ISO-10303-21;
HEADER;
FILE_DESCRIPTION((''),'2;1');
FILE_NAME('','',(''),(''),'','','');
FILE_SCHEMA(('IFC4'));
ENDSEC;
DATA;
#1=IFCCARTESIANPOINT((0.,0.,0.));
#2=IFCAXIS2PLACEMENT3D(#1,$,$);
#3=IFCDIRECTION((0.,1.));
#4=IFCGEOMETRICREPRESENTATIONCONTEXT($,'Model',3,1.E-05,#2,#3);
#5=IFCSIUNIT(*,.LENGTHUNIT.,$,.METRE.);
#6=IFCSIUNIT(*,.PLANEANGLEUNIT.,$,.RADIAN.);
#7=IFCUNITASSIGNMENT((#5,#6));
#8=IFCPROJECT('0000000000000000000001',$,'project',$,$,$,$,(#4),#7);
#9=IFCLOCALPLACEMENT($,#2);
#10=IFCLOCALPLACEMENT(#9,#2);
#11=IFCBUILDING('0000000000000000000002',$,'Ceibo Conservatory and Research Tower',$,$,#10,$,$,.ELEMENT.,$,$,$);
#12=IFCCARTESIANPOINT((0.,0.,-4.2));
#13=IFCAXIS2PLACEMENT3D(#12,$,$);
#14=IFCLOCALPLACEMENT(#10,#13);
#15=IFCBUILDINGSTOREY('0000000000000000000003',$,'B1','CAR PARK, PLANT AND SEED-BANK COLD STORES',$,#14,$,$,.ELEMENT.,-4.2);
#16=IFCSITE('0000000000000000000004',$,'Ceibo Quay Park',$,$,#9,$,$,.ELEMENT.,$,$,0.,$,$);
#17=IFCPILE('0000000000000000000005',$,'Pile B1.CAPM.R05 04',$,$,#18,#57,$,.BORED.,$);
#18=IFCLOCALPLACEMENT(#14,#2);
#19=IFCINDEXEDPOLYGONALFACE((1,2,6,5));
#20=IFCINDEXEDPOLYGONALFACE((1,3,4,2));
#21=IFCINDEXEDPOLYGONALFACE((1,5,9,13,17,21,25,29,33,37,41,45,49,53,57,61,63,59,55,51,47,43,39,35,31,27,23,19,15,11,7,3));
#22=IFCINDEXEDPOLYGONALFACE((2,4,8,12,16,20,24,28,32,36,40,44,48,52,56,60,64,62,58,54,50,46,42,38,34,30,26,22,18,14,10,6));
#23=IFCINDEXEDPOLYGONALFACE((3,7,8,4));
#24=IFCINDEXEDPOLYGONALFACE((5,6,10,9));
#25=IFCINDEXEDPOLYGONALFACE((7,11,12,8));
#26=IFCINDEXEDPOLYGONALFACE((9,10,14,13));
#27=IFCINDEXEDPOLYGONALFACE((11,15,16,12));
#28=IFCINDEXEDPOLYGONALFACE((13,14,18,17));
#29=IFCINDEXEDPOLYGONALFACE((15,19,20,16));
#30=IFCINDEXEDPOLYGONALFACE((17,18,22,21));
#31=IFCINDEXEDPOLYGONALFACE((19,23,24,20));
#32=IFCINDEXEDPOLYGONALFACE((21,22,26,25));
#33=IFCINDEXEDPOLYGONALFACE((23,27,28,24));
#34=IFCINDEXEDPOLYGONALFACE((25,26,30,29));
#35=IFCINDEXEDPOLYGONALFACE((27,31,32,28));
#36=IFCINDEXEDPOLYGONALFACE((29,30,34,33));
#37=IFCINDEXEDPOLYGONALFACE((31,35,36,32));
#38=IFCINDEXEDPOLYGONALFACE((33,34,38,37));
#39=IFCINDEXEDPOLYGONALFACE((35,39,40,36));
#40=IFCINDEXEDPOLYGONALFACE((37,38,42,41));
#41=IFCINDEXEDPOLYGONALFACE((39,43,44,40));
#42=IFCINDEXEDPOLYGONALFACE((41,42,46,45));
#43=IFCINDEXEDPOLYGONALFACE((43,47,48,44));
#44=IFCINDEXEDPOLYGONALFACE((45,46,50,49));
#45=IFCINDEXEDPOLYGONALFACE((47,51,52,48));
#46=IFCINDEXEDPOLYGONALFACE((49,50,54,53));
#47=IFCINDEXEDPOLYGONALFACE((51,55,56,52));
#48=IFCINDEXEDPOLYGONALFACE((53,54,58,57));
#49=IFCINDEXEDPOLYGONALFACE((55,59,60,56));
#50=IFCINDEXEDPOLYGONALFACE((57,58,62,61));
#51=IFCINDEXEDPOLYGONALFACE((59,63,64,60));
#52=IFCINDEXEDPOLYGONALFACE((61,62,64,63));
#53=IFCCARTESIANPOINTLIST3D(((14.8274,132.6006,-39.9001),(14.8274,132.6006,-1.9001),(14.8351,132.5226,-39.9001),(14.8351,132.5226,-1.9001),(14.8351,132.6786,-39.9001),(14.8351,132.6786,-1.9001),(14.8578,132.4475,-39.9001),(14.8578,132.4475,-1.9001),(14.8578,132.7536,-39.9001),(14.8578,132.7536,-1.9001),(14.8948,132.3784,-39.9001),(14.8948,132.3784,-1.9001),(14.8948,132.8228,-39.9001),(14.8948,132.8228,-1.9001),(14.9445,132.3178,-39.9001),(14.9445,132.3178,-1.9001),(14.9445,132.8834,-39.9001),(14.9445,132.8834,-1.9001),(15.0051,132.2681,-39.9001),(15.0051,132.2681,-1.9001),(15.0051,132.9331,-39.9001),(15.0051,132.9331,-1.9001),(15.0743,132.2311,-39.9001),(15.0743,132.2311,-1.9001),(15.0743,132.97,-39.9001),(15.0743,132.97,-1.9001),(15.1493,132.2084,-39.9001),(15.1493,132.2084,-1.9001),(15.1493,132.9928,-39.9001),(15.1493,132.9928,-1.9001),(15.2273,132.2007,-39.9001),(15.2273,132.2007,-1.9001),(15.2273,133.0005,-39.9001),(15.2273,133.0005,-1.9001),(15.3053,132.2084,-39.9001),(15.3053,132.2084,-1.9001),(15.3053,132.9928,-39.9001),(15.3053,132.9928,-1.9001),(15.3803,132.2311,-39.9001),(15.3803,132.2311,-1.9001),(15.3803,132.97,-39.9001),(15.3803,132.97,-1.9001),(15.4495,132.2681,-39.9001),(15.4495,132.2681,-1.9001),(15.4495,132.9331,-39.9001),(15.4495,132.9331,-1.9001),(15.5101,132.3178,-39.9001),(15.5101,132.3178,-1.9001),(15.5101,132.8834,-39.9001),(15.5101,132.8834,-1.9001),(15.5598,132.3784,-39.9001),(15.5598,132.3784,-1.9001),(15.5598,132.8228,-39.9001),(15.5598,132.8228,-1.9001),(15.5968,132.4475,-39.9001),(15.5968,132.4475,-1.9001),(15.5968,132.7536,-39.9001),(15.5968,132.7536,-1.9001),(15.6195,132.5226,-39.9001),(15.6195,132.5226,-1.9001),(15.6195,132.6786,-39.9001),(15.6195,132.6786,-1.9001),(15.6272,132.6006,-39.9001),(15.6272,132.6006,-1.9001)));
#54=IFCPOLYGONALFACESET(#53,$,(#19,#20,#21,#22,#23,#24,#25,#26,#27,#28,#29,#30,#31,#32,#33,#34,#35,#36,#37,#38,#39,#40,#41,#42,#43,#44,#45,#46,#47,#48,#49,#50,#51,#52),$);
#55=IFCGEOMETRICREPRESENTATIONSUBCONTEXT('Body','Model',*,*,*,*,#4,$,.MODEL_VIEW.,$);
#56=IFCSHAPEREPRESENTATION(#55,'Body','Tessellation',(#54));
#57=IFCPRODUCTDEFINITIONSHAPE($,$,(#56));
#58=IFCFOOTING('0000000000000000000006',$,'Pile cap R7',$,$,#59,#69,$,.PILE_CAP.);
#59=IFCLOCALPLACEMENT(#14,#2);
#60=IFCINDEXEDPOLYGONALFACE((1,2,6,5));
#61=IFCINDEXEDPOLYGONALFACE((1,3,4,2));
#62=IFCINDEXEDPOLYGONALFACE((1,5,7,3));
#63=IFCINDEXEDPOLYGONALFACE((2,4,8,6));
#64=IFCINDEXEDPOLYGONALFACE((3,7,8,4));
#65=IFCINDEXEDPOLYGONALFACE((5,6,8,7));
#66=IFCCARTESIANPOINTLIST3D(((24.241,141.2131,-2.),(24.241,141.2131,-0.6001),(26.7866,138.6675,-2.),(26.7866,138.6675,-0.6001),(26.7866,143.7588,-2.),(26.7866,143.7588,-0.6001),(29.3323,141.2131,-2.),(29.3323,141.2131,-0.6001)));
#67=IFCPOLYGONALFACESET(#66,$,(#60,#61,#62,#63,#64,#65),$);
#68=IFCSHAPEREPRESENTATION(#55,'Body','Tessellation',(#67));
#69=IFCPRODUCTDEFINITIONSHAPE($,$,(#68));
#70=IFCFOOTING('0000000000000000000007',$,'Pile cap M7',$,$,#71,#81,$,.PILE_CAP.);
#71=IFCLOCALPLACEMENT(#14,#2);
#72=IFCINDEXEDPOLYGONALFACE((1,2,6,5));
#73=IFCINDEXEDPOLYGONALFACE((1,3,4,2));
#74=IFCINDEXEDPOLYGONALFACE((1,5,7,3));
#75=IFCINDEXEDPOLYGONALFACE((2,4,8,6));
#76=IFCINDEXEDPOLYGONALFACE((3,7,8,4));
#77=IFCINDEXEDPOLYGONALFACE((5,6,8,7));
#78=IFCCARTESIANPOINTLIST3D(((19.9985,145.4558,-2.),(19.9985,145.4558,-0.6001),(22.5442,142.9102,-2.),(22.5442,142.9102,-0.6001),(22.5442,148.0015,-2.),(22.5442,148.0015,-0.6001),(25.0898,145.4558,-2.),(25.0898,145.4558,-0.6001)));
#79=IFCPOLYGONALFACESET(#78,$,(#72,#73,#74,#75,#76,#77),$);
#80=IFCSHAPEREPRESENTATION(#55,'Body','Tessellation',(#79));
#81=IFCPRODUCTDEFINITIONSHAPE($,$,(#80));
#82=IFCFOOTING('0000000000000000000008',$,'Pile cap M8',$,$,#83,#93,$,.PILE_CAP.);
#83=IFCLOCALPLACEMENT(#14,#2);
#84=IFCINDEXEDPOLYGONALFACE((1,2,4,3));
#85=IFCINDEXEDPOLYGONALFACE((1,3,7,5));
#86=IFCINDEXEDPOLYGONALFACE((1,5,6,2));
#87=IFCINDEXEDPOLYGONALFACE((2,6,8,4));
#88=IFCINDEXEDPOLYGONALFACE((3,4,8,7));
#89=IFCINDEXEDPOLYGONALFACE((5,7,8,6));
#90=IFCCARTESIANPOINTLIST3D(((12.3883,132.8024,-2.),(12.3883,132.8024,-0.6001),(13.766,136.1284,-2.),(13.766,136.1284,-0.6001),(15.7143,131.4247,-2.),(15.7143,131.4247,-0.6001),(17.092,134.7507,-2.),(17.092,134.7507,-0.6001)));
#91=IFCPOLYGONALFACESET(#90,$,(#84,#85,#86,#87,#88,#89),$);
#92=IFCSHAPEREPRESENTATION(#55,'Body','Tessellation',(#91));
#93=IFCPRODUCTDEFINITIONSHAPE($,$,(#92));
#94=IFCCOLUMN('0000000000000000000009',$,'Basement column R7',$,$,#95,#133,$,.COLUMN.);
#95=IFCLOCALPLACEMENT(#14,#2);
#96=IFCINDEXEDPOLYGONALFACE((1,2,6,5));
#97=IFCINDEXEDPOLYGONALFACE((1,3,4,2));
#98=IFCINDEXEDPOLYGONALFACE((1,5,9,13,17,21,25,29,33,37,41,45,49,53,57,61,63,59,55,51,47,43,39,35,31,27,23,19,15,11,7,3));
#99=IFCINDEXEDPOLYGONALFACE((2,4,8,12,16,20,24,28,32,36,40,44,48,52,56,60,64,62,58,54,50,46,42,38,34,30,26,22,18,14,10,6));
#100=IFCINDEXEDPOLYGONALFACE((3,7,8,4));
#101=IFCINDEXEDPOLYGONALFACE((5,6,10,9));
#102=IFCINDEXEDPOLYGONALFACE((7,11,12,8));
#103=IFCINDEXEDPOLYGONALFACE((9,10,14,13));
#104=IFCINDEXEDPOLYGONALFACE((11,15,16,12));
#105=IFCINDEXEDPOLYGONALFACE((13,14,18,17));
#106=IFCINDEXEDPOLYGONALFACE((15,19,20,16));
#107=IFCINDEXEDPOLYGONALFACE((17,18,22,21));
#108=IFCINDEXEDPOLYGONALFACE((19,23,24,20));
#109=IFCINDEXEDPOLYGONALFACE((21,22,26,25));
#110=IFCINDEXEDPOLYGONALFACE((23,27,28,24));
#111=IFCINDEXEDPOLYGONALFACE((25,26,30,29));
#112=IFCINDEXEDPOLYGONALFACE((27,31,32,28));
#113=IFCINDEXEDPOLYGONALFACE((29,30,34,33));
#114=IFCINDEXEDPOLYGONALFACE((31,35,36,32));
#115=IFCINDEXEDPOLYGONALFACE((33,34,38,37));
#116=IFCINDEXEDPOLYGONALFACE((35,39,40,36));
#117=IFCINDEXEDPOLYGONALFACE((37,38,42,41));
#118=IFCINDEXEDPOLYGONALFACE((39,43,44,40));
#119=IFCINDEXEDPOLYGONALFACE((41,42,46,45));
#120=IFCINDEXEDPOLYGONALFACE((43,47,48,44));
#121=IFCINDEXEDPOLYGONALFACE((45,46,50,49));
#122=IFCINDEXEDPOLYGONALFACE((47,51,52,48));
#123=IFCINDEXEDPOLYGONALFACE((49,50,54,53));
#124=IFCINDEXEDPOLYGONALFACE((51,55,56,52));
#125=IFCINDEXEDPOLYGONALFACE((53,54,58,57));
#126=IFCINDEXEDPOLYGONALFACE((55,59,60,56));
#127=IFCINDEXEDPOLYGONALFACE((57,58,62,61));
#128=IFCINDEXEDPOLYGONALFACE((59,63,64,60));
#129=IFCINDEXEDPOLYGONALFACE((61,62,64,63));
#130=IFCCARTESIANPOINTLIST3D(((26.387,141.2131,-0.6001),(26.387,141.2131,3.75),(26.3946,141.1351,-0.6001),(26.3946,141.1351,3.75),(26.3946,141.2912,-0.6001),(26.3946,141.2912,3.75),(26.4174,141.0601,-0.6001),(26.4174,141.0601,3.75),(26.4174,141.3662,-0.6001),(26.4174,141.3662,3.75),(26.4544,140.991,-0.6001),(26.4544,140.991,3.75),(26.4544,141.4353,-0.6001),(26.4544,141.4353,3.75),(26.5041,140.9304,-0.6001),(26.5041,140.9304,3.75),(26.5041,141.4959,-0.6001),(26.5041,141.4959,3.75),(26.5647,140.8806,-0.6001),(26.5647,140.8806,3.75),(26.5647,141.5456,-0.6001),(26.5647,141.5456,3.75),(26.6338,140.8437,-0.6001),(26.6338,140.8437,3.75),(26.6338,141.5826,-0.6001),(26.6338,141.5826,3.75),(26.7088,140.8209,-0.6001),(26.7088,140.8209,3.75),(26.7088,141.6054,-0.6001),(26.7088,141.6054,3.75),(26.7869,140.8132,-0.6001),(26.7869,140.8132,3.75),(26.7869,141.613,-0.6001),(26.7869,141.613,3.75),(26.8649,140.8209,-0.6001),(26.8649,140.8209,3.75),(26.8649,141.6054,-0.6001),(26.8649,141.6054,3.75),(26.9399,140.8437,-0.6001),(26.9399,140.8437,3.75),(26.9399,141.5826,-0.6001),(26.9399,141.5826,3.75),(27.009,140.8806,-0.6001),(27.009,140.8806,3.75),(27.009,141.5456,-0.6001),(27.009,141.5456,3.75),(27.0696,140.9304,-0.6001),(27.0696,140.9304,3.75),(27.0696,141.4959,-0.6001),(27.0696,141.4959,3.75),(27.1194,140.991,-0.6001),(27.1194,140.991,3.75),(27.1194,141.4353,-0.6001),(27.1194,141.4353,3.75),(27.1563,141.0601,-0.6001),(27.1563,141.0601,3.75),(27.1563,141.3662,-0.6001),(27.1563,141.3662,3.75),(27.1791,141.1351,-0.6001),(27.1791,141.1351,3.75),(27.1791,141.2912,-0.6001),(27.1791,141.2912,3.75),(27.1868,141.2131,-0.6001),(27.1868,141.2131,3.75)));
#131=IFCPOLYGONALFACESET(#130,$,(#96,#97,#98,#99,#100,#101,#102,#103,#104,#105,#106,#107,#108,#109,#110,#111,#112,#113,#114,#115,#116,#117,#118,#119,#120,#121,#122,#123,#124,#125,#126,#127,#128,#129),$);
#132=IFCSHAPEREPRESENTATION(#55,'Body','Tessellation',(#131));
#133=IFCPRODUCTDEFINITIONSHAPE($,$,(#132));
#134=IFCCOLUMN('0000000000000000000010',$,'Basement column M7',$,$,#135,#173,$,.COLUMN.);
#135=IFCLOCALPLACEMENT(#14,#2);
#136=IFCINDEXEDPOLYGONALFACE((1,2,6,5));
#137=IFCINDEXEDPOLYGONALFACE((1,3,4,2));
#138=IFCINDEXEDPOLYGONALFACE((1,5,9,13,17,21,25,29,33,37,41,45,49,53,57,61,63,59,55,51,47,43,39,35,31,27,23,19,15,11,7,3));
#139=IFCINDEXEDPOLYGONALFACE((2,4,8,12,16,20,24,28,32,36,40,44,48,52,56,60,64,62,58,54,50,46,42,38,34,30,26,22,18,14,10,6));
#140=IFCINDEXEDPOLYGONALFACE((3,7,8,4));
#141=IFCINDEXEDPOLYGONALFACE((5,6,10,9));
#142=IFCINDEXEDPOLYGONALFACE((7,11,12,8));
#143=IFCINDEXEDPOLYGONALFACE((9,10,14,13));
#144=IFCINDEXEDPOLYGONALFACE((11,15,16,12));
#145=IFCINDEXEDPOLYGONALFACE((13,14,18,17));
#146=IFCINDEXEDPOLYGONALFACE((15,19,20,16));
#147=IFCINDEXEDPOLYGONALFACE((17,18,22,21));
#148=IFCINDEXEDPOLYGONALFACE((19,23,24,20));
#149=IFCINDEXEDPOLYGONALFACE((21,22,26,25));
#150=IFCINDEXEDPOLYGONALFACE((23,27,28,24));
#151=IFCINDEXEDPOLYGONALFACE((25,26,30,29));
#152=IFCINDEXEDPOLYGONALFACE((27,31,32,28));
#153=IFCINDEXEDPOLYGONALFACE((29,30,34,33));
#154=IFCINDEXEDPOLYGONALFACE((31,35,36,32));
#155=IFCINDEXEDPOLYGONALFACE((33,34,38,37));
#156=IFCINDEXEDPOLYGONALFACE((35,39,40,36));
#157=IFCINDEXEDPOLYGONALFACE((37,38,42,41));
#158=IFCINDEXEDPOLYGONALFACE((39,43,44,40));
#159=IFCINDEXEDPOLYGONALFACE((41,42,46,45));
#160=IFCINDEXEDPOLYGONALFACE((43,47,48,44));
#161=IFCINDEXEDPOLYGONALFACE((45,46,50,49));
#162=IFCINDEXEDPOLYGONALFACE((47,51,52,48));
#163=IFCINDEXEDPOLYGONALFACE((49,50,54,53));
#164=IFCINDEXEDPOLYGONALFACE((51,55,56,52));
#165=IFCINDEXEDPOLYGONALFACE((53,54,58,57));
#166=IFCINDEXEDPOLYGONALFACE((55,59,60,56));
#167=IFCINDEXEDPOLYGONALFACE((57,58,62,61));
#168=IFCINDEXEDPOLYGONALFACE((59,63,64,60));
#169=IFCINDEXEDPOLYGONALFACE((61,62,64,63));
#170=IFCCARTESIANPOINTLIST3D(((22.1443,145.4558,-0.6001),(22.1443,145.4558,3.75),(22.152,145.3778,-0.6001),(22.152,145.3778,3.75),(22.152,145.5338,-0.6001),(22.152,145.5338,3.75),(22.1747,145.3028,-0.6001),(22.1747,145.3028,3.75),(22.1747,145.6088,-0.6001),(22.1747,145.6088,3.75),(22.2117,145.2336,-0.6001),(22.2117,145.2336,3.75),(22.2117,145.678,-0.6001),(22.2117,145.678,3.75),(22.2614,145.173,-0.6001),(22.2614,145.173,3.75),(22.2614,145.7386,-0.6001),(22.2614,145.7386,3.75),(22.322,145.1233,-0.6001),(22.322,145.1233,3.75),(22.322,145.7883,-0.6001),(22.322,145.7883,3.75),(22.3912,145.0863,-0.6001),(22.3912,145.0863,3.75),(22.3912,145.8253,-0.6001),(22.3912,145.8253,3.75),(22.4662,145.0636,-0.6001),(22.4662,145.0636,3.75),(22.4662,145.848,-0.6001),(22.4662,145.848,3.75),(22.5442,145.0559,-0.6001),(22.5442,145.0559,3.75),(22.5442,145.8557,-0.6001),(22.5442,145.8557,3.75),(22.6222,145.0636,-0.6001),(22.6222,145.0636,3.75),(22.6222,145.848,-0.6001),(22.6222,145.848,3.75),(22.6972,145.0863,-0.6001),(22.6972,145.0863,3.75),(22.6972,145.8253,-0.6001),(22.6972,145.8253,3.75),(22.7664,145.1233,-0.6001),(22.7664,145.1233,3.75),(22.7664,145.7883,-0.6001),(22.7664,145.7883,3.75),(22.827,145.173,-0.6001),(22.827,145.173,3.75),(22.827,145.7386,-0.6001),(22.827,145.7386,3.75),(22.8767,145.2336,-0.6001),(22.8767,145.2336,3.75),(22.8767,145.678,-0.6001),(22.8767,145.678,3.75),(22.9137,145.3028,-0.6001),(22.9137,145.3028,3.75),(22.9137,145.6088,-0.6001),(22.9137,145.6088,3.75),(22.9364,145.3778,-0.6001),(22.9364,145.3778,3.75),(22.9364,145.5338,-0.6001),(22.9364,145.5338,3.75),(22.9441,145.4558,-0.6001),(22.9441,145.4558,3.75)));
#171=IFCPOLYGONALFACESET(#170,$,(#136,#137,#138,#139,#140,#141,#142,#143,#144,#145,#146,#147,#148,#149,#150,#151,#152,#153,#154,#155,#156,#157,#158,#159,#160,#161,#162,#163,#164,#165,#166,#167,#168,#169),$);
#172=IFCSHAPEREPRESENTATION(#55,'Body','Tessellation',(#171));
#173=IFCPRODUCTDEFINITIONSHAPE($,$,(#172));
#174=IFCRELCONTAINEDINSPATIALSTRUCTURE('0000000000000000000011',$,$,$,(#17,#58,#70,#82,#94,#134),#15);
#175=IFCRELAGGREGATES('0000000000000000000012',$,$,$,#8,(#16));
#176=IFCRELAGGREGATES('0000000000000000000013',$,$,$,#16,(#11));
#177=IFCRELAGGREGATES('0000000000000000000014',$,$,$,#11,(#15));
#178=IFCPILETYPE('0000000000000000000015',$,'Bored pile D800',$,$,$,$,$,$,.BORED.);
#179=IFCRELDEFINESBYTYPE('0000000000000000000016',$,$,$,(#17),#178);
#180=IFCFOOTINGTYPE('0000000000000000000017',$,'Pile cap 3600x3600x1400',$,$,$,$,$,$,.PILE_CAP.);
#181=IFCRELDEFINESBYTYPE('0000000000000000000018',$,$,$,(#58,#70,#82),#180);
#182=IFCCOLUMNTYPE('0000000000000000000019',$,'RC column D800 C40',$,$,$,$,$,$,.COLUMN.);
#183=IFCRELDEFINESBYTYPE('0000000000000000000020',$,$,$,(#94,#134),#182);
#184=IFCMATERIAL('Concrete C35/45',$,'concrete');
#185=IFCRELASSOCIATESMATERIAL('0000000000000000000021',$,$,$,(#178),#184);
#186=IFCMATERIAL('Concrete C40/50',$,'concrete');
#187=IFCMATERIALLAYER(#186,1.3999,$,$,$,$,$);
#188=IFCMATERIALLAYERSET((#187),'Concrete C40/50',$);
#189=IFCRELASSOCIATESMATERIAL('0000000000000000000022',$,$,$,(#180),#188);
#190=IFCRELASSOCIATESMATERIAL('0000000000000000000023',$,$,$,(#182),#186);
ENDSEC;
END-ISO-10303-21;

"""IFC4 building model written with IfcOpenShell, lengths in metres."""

from ifc_helpers import new_model, si_unit, direction, frame, origin, origin_2d, place, context, subcontext, project, spatial, polyline, circle, outline, extrude, material, layer, layer_set, material_profile, profile_set, type_object, element, save


model = new_model("IFC4")

# Units and contexts
model_context = context("Model", 3, precision=1e-05, world=origin(), true_north=direction((0.0, 1.0)))
body_context = subcontext(model_context, "Body", "Model", "MODEL_VIEW")
ifc_project = project(units=[si_unit("LENGTHUNIT", "METRE"), si_unit("PLANEANGLEUNIT", "RADIAN")], contexts=[model_context])

# Site, building, storey
site_placement = place(None, origin())
site = spatial("IfcSite", under=ifc_project, at=site_placement, Name="Ceibo Quay Park", CompositionType="ELEMENT", RefElevation=0.0)
building_placement = place(site_placement, origin())
building = spatial("IfcBuilding", under=site, at=building_placement, Name="Ceibo Conservatory and Research Tower", CompositionType="ELEMENT")
storey_placement = place(building_placement, frame((0.0, 0.0, -4.2)))
storey = spatial("IfcBuildingStorey", under=building, at=storey_placement, Name="B1", Description="CAR PARK, PLANT AND SEED-BANK COLD STORES", CompositionType="ELEMENT", Elevation=-4.2)

# Pile
ifc_material_1 = material(Name="Concrete C35/45", Category="concrete")
ifc_material_profile_1 = material_profile(ifc_material_1, circle(Radius=0.3999, at=origin_2d()), Name="RC D800")
ifc_profile_set_1 = profile_set([ifc_material_profile_1], Name="Concrete C35/45")
pile_type_1 = type_object("IfcPileType", Name="Bored pile D800", PredefinedType="BORED", material=ifc_profile_set_1)
for number, where, z_axis, x_axis, name in (
    (1, (15.2273, 132.6006, -1.9001), (0.0, 0.0, -1.0), (1.0, 0.0, 0.0), "Pile B1.CAPM.R05 04"),
):
    element("IfcPile", number, at=place(storey_placement, frame(where, z_axis=z_axis, x_axis=x_axis)), inside=storey, type_object=pile_type_1, Name=name, PredefinedType="BORED", context=body_context, shape_type="SweptSolid", body=[
        extrude(circle(Radius=0.3999, at=origin_2d()), origin(), (0.0, 0.0, 1.0), 38.0),
    ])

# Footings
ifc_material_2 = material(Name="Concrete C40/50", Category="concrete")
ifc_layer_1 = layer(ifc_material_2, 1.3999)
ifc_layer_set_1 = layer_set([ifc_layer_1], Name="Concrete C40/50")
footing_type = type_object("IfcFootingType", Name="Pile cap 3600x3600x1400", PredefinedType="PILE_CAP", material=ifc_layer_set_1)
for number, where, z_axis, x_axis, name in (
    (2, (29.3323, 141.2131, -2.0), (0.0, 0.0, 1.0), (-0.707107, 0.707107, 0.0), "Pile cap R7"),
    (3, (25.0898, 145.4558, -2.0), (0.0, 0.0, 1.0), (-0.707107, 0.707107, 0.0), "Pile cap M7"),
    (4, (17.092, 134.7507, -2.0), (0.0, 0.0, 1.0), (-0.92388, 0.382683, 0.0), "Pile cap M8"),
):
    element("IfcFooting", number, at=place(storey_placement, frame(where, z_axis=z_axis, x_axis=x_axis)), inside=storey, type_object=footing_type, Name=name, PredefinedType="PILE_CAP", context=body_context, shape_type="SweptSolid", body=[
        extrude(outline(polyline([(0.0, 0.0), (3.6001, 0.0), (3.6001, 3.6001), (0.0, 3.6001), (0.0, 0.0)])), origin(), (0.0, 0.0, 1.0), 1.3999),
    ])

# Columns
ifc_material_profile_2 = material_profile(ifc_material_2, circle(Radius=0.3999, at=origin_2d()), Name="RC D800")
ifc_profile_set_2 = profile_set([ifc_material_profile_2], Name="Concrete C40/50")
column_type = type_object("IfcColumnType", Name="RC column D800 C40", PredefinedType="COLUMN", material=ifc_profile_set_2)
for number, where, z_axis, x_axis, name in (
    (5, (26.7869, 141.2131, -0.6001), (0.0, 0.0, 1.0), (1.0, 0.0, 0.0), "Basement column R7"),
    (6, (22.5442, 145.4558, -0.6001), (0.0, 0.0, 1.0), (1.0, 0.0, 0.0), "Basement column M7"),
):
    element("IfcColumn", number, at=place(storey_placement, frame(where, z_axis=z_axis, x_axis=x_axis)), inside=storey, type_object=column_type, Name=name, PredefinedType="COLUMN", context=body_context, shape_type="SweptSolid", body=[
        extrude(circle(Radius=0.3999, at=origin_2d()), origin(), (0.0, 0.0, 1.0), 4.3501),
    ])

save(model, "model.ifc")
